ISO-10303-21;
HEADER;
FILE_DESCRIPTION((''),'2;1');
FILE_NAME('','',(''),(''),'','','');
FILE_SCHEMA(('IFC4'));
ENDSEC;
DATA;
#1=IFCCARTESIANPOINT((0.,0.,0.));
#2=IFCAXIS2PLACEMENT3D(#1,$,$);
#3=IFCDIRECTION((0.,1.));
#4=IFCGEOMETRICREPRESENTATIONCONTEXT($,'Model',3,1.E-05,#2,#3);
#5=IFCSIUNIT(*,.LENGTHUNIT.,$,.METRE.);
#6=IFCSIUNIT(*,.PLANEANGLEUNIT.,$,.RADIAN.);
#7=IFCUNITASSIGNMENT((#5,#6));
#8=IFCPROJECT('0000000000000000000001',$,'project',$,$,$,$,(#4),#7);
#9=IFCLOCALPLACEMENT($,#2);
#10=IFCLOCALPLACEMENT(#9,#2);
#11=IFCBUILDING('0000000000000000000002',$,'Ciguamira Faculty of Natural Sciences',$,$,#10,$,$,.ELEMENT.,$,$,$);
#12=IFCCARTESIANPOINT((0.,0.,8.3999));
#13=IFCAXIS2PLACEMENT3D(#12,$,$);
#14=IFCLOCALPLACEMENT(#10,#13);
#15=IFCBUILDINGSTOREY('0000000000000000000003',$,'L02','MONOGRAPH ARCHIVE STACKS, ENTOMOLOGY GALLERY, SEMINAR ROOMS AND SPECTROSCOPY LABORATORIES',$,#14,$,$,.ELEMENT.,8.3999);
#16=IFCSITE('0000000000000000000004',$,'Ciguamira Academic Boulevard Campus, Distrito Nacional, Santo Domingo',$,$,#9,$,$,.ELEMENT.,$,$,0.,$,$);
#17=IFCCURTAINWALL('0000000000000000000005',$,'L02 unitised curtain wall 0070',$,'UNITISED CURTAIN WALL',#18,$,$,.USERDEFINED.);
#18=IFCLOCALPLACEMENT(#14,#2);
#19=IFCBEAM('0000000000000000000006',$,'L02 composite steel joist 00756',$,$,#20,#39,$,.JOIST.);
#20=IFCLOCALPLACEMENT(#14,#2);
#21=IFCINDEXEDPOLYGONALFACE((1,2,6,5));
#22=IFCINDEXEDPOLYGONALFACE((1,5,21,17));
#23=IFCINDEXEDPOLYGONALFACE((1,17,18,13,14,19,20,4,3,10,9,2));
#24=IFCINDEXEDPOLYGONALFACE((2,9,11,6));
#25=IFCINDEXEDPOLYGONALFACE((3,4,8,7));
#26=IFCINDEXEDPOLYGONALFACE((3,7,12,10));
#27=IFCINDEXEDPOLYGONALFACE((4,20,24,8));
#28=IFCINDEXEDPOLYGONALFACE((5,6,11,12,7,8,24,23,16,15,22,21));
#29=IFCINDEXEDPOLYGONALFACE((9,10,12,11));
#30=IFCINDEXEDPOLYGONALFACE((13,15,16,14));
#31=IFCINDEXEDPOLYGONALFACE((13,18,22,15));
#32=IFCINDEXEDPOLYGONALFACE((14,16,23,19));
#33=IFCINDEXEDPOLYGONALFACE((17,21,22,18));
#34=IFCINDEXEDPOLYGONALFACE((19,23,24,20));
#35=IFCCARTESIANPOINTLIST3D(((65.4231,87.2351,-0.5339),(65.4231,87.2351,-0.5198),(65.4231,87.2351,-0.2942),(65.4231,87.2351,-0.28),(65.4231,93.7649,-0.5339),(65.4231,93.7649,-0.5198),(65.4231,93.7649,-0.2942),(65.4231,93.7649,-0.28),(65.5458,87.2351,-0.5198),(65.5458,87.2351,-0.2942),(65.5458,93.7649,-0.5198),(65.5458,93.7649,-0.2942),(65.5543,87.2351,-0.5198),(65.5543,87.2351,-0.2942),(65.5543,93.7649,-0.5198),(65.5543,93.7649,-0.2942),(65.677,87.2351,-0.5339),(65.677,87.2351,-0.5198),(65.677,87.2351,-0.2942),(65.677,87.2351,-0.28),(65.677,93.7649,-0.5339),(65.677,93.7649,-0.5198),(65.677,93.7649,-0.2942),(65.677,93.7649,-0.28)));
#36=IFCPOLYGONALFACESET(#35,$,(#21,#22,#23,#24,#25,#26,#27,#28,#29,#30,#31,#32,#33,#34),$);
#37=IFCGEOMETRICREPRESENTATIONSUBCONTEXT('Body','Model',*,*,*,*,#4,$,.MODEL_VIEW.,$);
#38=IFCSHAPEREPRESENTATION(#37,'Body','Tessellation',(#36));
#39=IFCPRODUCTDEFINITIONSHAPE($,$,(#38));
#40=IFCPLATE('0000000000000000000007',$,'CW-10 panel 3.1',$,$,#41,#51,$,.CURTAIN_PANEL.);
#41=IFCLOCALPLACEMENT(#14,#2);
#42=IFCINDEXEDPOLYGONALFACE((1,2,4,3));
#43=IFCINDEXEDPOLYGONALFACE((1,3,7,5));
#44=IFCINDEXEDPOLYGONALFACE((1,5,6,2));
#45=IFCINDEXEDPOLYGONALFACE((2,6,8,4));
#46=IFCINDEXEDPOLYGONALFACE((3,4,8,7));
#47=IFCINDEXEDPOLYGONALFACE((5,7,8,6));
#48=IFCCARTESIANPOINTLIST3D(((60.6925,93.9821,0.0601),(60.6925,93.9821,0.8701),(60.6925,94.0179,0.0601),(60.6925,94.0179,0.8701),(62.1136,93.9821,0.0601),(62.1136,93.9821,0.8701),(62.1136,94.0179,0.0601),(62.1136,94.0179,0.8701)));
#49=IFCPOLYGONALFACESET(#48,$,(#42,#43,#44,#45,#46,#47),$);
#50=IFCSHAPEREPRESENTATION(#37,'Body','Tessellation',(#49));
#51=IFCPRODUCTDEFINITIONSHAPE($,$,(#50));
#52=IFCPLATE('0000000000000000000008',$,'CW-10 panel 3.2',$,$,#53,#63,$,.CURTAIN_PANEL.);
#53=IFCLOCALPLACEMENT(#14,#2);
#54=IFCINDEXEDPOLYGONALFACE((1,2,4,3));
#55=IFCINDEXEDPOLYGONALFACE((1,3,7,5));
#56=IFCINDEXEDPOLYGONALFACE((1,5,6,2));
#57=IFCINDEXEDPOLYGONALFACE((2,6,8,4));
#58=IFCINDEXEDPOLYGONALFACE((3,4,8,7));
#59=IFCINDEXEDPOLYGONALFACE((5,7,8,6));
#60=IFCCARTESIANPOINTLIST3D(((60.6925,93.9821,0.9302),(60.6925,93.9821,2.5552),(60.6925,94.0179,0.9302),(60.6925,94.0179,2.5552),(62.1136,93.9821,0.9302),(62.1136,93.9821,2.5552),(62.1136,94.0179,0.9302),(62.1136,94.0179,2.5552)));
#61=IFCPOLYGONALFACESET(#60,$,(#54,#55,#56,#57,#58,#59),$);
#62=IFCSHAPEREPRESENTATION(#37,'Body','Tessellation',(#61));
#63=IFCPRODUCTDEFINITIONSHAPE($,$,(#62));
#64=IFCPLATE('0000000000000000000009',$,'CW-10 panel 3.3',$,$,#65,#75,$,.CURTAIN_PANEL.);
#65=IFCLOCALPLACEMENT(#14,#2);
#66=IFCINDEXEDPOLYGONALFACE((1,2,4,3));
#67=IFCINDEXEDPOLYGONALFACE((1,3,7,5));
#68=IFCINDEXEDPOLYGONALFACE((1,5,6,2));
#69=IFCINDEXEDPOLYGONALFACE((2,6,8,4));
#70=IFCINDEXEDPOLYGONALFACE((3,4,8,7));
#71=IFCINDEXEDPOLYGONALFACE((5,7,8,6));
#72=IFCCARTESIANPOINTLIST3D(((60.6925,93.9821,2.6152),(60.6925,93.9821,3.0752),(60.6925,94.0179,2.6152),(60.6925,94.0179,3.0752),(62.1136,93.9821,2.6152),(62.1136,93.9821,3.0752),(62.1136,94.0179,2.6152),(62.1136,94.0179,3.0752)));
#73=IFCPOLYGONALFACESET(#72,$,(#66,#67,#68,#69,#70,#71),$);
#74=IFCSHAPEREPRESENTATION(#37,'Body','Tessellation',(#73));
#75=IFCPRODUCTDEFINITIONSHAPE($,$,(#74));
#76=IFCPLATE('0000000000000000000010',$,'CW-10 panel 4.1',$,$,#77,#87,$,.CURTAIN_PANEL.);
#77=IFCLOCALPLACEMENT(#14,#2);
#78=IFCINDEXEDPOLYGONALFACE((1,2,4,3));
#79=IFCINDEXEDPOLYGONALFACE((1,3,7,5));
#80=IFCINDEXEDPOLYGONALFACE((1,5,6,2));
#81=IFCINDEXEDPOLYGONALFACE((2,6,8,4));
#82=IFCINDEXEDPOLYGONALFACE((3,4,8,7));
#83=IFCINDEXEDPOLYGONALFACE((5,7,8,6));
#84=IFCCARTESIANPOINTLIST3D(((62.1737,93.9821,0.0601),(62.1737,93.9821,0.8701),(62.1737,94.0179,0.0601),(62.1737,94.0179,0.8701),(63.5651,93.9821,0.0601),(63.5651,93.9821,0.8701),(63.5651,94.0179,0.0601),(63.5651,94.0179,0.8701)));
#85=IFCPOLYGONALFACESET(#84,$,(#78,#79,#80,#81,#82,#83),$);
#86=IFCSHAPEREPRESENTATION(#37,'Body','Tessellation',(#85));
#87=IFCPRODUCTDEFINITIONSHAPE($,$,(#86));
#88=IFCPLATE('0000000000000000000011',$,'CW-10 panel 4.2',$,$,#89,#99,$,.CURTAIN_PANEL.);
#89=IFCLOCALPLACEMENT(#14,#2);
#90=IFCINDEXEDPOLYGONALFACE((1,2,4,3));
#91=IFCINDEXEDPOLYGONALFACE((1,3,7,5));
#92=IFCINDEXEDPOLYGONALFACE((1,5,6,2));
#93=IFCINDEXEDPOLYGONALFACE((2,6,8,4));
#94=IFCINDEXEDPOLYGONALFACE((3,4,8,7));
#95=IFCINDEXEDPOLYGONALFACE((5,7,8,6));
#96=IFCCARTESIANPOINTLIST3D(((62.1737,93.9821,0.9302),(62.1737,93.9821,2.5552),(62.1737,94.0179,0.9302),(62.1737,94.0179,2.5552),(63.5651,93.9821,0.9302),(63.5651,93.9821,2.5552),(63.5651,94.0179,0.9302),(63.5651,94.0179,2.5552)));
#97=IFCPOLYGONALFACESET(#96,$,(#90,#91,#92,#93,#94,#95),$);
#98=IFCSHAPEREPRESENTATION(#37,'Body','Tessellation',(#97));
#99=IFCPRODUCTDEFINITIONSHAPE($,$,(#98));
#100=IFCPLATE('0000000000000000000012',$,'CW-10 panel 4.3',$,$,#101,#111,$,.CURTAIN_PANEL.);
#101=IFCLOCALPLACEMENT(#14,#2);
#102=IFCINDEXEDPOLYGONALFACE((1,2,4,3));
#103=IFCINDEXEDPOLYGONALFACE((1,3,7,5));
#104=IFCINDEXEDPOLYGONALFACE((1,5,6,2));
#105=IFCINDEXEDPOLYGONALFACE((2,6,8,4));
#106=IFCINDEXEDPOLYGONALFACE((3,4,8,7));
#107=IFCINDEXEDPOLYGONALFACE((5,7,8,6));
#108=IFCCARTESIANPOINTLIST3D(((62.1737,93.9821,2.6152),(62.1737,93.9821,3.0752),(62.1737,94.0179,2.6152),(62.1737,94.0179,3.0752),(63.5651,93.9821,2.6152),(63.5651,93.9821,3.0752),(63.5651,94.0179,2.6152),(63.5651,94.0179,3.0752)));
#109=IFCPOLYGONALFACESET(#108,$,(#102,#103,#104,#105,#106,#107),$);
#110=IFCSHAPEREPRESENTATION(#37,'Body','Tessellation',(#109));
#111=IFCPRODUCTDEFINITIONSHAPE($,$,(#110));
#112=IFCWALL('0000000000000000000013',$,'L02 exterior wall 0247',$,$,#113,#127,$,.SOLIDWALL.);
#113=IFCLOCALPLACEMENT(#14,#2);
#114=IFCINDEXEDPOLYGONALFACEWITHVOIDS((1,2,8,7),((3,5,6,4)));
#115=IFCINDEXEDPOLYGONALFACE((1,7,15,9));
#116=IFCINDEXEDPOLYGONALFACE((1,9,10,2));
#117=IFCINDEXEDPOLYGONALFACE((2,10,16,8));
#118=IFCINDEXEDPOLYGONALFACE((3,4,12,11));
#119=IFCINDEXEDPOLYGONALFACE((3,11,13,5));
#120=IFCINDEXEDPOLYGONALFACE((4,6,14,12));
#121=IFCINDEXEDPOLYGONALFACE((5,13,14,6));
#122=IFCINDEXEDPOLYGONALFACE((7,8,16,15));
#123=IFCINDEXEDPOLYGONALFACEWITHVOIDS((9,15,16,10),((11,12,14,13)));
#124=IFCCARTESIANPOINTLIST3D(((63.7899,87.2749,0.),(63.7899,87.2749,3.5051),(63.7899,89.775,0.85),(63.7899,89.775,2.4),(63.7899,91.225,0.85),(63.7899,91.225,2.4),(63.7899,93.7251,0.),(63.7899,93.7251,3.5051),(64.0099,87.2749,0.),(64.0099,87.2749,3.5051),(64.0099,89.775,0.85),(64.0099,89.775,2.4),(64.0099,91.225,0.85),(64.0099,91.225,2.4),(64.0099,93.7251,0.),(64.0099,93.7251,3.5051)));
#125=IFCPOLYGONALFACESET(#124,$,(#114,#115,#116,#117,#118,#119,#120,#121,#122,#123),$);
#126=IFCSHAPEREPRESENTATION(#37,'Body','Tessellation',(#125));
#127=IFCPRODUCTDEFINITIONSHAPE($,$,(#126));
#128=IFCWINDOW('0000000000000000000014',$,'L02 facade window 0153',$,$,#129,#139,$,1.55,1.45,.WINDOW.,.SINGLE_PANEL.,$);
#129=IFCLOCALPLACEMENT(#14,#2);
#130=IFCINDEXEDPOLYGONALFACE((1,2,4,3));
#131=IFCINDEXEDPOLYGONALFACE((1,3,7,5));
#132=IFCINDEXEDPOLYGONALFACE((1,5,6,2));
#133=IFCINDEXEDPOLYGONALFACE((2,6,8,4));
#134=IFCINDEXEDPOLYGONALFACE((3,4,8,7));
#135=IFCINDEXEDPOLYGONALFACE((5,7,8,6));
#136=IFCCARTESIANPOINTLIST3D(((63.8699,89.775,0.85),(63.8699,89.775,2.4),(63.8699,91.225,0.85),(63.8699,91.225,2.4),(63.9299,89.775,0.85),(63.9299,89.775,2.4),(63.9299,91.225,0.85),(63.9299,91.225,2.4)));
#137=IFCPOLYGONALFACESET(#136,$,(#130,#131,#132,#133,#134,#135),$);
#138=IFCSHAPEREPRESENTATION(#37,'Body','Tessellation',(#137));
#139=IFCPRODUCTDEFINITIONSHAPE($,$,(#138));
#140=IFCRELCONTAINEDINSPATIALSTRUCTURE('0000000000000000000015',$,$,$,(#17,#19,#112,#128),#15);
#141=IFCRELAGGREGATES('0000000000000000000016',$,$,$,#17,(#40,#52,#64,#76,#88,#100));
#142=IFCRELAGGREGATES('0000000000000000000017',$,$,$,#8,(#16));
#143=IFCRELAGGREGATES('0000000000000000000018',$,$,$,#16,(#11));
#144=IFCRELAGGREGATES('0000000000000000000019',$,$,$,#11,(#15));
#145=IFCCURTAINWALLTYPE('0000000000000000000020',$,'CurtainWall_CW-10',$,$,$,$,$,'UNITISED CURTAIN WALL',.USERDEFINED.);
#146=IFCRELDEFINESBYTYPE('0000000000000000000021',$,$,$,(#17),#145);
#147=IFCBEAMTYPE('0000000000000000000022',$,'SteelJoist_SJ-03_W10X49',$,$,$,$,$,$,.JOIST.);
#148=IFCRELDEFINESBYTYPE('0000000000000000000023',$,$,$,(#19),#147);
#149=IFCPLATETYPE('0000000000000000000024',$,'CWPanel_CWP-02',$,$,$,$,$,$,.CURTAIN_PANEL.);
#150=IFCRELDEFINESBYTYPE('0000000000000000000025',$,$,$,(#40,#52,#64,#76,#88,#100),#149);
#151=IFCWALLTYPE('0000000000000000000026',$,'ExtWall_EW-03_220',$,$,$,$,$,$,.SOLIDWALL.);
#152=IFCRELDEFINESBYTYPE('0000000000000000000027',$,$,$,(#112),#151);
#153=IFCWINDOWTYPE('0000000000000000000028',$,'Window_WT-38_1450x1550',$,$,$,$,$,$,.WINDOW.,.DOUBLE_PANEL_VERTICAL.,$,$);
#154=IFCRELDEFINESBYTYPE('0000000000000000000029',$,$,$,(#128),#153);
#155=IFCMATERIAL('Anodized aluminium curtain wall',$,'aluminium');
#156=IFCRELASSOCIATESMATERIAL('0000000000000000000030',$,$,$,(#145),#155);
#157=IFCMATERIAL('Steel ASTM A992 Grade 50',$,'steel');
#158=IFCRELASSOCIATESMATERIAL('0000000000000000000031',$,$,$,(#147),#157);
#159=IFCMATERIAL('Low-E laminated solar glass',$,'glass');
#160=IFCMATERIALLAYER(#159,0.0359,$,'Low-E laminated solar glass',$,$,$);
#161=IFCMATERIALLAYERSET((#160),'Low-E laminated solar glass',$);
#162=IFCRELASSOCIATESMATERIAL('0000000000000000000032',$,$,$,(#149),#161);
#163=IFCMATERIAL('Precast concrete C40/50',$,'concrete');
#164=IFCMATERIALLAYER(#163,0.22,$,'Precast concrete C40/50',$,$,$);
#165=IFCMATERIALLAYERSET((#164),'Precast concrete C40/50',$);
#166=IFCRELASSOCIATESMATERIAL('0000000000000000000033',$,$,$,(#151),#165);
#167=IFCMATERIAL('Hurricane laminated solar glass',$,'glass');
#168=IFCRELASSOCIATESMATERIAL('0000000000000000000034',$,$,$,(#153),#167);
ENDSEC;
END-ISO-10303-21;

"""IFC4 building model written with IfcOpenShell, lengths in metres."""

from ifc_helpers import new_model, si_unit, direction, frame, frame_2d, origin, origin_2d, place, context, subcontext, project, spatial, rectangle, i_section, extrude, material, layer, layer_set, material_profile, profile_set, type_object, element, fill, aggregate, save


model = new_model("IFC4")

# Units and contexts
model_context = context("Model", 3, precision=1e-05, world=origin(), true_north=direction((0.0, 1.0)))
body_context = subcontext(model_context, "Body", "Model", "MODEL_VIEW")
ifc_project = project(units=[si_unit("LENGTHUNIT", "METRE"), si_unit("PLANEANGLEUNIT", "RADIAN")], contexts=[model_context])

# Site, building, storey
site_placement = place(None, origin())
site = spatial("IfcSite", under=ifc_project, at=site_placement, Name="Ciguamira Academic Boulevard Campus, Distrito Nacional, Santo Domingo", CompositionType="ELEMENT", RefElevation=0.0)
building_placement = place(site_placement, origin())
building = spatial("IfcBuilding", under=site, at=building_placement, Name="Ciguamira Faculty of Natural Sciences", CompositionType="ELEMENT")
storey_placement = place(building_placement, frame((0.0, 0.0, 8.3999)))
storey = spatial("IfcBuildingStorey", under=building, at=storey_placement, Name="L02", Description="MONOGRAPH ARCHIVE STACKS, ENTOMOLOGY GALLERY, SEMINAR ROOMS AND SPECTROSCOPY LABORATORIES", CompositionType="ELEMENT", Elevation=8.3999)

# Curtain wall
ifc_material_1 = material(Name="Anodized aluminium curtain wall", Category="aluminium")
curtain_wall_type = type_object("IfcCurtainWallType", Name="CurtainWall_CW-10", ElementType="UNITISED CURTAIN WALL", PredefinedType="USERDEFINED", material=ifc_material_1)
curtain_wall_placement = place(storey_placement, origin())
curtain_wall = element("IfcCurtainWall", 1, at=curtain_wall_placement, inside=storey, type_object=curtain_wall_type, Name="L02 unitised curtain wall 0070", ObjectType="UNITISED CURTAIN WALL", PredefinedType="USERDEFINED")

# Beam
ifc_material_2 = material(Name="Precast concrete C40/50", Category="concrete")
ifc_material_3 = material(Name="Steel ASTM A992 Grade 50", Category="steel")
ifc_material_profile_1 = material_profile(ifc_material_3, i_section(OverallWidth=0.2539, OverallDepth=0.2539, WebThickness=0.0085, FlangeThickness=0.0142, at=origin_2d()), Name="W10X49")
ifc_profile_set_1 = profile_set([ifc_material_profile_1], Name="Steel ASTM A992 Grade 50")
beam_type_1 = type_object("IfcBeamType", Name="SteelJoist_SJ-03_W10X49", PredefinedType="JOIST", material=ifc_profile_set_1)
beam_1_placement = place(storey_placement, frame((65.55, 87.2351, -0.407), z_axis=(0.0, 1.0, 0.0), x_axis=(-1.0, 0.0, 0.0)))
element("IfcBeam", 2, at=beam_1_placement, inside=storey, type_object=beam_type_1, Name="L02 composite steel joist 00756", PredefinedType="JOIST", context=body_context, shape_type="SweptSolid", body=[
    extrude(i_section(OverallWidth=0.2539, OverallDepth=0.2539, WebThickness=0.0085, FlangeThickness=0.0142, at=origin_2d()), origin(), (0.0, 0.0, 1.0), 6.5298),
])

# Plates
ifc_material_4 = material(Name="Low-E laminated solar glass", Category="glass")
ifc_layer_1 = layer(ifc_material_4, 0.0359, Name="Low-E laminated solar glass")
ifc_layer_set_1 = layer_set([ifc_layer_1], Name="Low-E laminated solar glass")
plate_type = type_object("IfcPlateType", Name="CWPanel_CWP-02", PredefinedType="CURTAIN_PANEL", material=ifc_layer_set_1)
plate_1_placement = place(storey_placement, frame((61.4031, 94.0, 0.0601), z_axis=(0.0, 0.0, 1.0), x_axis=(1.0, 0.0, 0.0)))
plate_1 = element("IfcPlate", 3, at=plate_1_placement, type_object=plate_type, Name="CW-10 panel 3.1", PredefinedType="CURTAIN_PANEL", context=body_context, shape_type="SweptSolid", body=[
    extrude(rectangle(XDim=1.4211, YDim=0.0359, at=origin_2d()), origin(), (0.0, 0.0, 1.0), 0.8101),
])
plate_2_placement = place(storey_placement, frame((61.4031, 94.0, 0.9302), z_axis=(0.0, 0.0, 1.0), x_axis=(1.0, 0.0, 0.0)))
plate_2 = element("IfcPlate", 4, at=plate_2_placement, type_object=plate_type, Name="CW-10 panel 3.2", PredefinedType="CURTAIN_PANEL", context=body_context, shape_type="SweptSolid", body=[
    extrude(rectangle(XDim=1.4211, YDim=0.0359, at=origin_2d()), origin(), (0.0, 0.0, 1.0), 1.625),
])
plate_3_placement = place(storey_placement, frame((61.4031, 94.0, 2.6152), z_axis=(0.0, 0.0, 1.0), x_axis=(1.0, 0.0, 0.0)))
plate_3 = element("IfcPlate", 5, at=plate_3_placement, type_object=plate_type, Name="CW-10 panel 3.3", PredefinedType="CURTAIN_PANEL", context=body_context, shape_type="SweptSolid", body=[
    extrude(rectangle(XDim=1.4211, YDim=0.0359, at=origin_2d()), origin(), (0.0, 0.0, 1.0), 0.46),
])
plate_4_placement = place(storey_placement, frame((62.8694, 94.0, 0.0601), z_axis=(0.0, 0.0, 1.0), x_axis=(1.0, 0.0, 0.0)))
plate_4 = element("IfcPlate", 6, at=plate_4_placement, type_object=plate_type, Name="CW-10 panel 4.1", PredefinedType="CURTAIN_PANEL", context=body_context, shape_type="SweptSolid", body=[
    extrude(rectangle(XDim=1.3914, YDim=0.0359, at=origin_2d()), origin(), (0.0, 0.0, 1.0), 0.8101),
])
plate_5_placement = place(storey_placement, frame((62.8694, 94.0, 0.9302), z_axis=(0.0, 0.0, 1.0), x_axis=(1.0, 0.0, 0.0)))
plate_5 = element("IfcPlate", 7, at=plate_5_placement, type_object=plate_type, Name="CW-10 panel 4.2", PredefinedType="CURTAIN_PANEL", context=body_context, shape_type="SweptSolid", body=[
    extrude(rectangle(XDim=1.3914, YDim=0.0359, at=origin_2d()), origin(), (0.0, 0.0, 1.0), 1.625),
])
plate_6_placement = place(storey_placement, frame((62.8694, 94.0, 2.6152), z_axis=(0.0, 0.0, 1.0), x_axis=(1.0, 0.0, 0.0)))
plate_6 = element("IfcPlate", 8, at=plate_6_placement, type_object=plate_type, Name="CW-10 panel 4.3", PredefinedType="CURTAIN_PANEL", context=body_context, shape_type="SweptSolid", body=[
    extrude(rectangle(XDim=1.3914, YDim=0.0359, at=origin_2d()), origin(), (0.0, 0.0, 1.0), 0.46),
])
aggregate(curtain_wall, [plate_1, plate_2, plate_3, plate_4, plate_5, plate_6])

# Wall, opening, window
ifc_layer_2 = layer(ifc_material_2, 0.22, Name="Precast concrete C40/50")
ifc_layer_set_2 = layer_set([ifc_layer_2], Name="Precast concrete C40/50")
wall_type = type_object("IfcWallType", Name="ExtWall_EW-03_220", PredefinedType="SOLIDWALL", material=ifc_layer_set_2)
wall_placement = place(storey_placement, frame((63.8999, 87.2749, 0.0), z_axis=(0.0, 0.0, 1.0), x_axis=(0.0, 1.0, 0.0)))
wall = element("IfcWall", 9, at=wall_placement, inside=storey, type_object=wall_type, Name="L02 exterior wall 0247", PredefinedType="SOLIDWALL", context=body_context, shape_type="SweptSolid", body=[
    extrude(rectangle(XDim=6.4502, YDim=0.22, at=frame_2d((3.2251, 0.0))), origin(), (0.0, 0.0, 1.0), 3.5051),
])
opening_placement = place(wall_placement, frame((2.5, 0.0, 0.8501)))
opening = element("IfcOpeningElement", 10, at=opening_placement, cuts=wall, PredefinedType="OPENING", context=body_context, shape_type="SweptSolid", body=[
    extrude(rectangle(XDim=1.45, YDim=1.55, at=frame_2d((0.7251, 0.7749))), frame((0.0, 0.1199, 0.0), z_axis=(0.0, -1.0, 0.0), x_axis=(1.0, 0.0, 0.0)), (0.0, 0.0, 1.0), 0.24),
])
ifc_material_5 = material(Name="Hurricane laminated solar glass", Category="glass")
window_type = type_object("IfcWindowType", Name="Window_WT-38_1450x1550", PartitioningType="DOUBLE_PANEL_VERTICAL", PredefinedType="WINDOW", material=ifc_material_5)
window_placement = place(opening_placement, origin())
window = element("IfcWindow", 11, at=window_placement, inside=storey, type_object=window_type, Name="L02 facade window 0153", OverallHeight=1.55, OverallWidth=1.45, PartitioningType="SINGLE_PANEL", PredefinedType="WINDOW", context=body_context, shape_type="SweptSolid", body=[
    extrude(rectangle(XDim=1.45, YDim=1.55, at=frame_2d((0.7251, 0.7749))), frame((0.0, 0.03, 0.0), z_axis=(0.0, -1.0, 0.0), x_axis=(1.0, 0.0, 0.0)), (0.0, 0.0, 1.0), 0.0601),
])
fill(opening, window)

save(model, "model.ifc")
